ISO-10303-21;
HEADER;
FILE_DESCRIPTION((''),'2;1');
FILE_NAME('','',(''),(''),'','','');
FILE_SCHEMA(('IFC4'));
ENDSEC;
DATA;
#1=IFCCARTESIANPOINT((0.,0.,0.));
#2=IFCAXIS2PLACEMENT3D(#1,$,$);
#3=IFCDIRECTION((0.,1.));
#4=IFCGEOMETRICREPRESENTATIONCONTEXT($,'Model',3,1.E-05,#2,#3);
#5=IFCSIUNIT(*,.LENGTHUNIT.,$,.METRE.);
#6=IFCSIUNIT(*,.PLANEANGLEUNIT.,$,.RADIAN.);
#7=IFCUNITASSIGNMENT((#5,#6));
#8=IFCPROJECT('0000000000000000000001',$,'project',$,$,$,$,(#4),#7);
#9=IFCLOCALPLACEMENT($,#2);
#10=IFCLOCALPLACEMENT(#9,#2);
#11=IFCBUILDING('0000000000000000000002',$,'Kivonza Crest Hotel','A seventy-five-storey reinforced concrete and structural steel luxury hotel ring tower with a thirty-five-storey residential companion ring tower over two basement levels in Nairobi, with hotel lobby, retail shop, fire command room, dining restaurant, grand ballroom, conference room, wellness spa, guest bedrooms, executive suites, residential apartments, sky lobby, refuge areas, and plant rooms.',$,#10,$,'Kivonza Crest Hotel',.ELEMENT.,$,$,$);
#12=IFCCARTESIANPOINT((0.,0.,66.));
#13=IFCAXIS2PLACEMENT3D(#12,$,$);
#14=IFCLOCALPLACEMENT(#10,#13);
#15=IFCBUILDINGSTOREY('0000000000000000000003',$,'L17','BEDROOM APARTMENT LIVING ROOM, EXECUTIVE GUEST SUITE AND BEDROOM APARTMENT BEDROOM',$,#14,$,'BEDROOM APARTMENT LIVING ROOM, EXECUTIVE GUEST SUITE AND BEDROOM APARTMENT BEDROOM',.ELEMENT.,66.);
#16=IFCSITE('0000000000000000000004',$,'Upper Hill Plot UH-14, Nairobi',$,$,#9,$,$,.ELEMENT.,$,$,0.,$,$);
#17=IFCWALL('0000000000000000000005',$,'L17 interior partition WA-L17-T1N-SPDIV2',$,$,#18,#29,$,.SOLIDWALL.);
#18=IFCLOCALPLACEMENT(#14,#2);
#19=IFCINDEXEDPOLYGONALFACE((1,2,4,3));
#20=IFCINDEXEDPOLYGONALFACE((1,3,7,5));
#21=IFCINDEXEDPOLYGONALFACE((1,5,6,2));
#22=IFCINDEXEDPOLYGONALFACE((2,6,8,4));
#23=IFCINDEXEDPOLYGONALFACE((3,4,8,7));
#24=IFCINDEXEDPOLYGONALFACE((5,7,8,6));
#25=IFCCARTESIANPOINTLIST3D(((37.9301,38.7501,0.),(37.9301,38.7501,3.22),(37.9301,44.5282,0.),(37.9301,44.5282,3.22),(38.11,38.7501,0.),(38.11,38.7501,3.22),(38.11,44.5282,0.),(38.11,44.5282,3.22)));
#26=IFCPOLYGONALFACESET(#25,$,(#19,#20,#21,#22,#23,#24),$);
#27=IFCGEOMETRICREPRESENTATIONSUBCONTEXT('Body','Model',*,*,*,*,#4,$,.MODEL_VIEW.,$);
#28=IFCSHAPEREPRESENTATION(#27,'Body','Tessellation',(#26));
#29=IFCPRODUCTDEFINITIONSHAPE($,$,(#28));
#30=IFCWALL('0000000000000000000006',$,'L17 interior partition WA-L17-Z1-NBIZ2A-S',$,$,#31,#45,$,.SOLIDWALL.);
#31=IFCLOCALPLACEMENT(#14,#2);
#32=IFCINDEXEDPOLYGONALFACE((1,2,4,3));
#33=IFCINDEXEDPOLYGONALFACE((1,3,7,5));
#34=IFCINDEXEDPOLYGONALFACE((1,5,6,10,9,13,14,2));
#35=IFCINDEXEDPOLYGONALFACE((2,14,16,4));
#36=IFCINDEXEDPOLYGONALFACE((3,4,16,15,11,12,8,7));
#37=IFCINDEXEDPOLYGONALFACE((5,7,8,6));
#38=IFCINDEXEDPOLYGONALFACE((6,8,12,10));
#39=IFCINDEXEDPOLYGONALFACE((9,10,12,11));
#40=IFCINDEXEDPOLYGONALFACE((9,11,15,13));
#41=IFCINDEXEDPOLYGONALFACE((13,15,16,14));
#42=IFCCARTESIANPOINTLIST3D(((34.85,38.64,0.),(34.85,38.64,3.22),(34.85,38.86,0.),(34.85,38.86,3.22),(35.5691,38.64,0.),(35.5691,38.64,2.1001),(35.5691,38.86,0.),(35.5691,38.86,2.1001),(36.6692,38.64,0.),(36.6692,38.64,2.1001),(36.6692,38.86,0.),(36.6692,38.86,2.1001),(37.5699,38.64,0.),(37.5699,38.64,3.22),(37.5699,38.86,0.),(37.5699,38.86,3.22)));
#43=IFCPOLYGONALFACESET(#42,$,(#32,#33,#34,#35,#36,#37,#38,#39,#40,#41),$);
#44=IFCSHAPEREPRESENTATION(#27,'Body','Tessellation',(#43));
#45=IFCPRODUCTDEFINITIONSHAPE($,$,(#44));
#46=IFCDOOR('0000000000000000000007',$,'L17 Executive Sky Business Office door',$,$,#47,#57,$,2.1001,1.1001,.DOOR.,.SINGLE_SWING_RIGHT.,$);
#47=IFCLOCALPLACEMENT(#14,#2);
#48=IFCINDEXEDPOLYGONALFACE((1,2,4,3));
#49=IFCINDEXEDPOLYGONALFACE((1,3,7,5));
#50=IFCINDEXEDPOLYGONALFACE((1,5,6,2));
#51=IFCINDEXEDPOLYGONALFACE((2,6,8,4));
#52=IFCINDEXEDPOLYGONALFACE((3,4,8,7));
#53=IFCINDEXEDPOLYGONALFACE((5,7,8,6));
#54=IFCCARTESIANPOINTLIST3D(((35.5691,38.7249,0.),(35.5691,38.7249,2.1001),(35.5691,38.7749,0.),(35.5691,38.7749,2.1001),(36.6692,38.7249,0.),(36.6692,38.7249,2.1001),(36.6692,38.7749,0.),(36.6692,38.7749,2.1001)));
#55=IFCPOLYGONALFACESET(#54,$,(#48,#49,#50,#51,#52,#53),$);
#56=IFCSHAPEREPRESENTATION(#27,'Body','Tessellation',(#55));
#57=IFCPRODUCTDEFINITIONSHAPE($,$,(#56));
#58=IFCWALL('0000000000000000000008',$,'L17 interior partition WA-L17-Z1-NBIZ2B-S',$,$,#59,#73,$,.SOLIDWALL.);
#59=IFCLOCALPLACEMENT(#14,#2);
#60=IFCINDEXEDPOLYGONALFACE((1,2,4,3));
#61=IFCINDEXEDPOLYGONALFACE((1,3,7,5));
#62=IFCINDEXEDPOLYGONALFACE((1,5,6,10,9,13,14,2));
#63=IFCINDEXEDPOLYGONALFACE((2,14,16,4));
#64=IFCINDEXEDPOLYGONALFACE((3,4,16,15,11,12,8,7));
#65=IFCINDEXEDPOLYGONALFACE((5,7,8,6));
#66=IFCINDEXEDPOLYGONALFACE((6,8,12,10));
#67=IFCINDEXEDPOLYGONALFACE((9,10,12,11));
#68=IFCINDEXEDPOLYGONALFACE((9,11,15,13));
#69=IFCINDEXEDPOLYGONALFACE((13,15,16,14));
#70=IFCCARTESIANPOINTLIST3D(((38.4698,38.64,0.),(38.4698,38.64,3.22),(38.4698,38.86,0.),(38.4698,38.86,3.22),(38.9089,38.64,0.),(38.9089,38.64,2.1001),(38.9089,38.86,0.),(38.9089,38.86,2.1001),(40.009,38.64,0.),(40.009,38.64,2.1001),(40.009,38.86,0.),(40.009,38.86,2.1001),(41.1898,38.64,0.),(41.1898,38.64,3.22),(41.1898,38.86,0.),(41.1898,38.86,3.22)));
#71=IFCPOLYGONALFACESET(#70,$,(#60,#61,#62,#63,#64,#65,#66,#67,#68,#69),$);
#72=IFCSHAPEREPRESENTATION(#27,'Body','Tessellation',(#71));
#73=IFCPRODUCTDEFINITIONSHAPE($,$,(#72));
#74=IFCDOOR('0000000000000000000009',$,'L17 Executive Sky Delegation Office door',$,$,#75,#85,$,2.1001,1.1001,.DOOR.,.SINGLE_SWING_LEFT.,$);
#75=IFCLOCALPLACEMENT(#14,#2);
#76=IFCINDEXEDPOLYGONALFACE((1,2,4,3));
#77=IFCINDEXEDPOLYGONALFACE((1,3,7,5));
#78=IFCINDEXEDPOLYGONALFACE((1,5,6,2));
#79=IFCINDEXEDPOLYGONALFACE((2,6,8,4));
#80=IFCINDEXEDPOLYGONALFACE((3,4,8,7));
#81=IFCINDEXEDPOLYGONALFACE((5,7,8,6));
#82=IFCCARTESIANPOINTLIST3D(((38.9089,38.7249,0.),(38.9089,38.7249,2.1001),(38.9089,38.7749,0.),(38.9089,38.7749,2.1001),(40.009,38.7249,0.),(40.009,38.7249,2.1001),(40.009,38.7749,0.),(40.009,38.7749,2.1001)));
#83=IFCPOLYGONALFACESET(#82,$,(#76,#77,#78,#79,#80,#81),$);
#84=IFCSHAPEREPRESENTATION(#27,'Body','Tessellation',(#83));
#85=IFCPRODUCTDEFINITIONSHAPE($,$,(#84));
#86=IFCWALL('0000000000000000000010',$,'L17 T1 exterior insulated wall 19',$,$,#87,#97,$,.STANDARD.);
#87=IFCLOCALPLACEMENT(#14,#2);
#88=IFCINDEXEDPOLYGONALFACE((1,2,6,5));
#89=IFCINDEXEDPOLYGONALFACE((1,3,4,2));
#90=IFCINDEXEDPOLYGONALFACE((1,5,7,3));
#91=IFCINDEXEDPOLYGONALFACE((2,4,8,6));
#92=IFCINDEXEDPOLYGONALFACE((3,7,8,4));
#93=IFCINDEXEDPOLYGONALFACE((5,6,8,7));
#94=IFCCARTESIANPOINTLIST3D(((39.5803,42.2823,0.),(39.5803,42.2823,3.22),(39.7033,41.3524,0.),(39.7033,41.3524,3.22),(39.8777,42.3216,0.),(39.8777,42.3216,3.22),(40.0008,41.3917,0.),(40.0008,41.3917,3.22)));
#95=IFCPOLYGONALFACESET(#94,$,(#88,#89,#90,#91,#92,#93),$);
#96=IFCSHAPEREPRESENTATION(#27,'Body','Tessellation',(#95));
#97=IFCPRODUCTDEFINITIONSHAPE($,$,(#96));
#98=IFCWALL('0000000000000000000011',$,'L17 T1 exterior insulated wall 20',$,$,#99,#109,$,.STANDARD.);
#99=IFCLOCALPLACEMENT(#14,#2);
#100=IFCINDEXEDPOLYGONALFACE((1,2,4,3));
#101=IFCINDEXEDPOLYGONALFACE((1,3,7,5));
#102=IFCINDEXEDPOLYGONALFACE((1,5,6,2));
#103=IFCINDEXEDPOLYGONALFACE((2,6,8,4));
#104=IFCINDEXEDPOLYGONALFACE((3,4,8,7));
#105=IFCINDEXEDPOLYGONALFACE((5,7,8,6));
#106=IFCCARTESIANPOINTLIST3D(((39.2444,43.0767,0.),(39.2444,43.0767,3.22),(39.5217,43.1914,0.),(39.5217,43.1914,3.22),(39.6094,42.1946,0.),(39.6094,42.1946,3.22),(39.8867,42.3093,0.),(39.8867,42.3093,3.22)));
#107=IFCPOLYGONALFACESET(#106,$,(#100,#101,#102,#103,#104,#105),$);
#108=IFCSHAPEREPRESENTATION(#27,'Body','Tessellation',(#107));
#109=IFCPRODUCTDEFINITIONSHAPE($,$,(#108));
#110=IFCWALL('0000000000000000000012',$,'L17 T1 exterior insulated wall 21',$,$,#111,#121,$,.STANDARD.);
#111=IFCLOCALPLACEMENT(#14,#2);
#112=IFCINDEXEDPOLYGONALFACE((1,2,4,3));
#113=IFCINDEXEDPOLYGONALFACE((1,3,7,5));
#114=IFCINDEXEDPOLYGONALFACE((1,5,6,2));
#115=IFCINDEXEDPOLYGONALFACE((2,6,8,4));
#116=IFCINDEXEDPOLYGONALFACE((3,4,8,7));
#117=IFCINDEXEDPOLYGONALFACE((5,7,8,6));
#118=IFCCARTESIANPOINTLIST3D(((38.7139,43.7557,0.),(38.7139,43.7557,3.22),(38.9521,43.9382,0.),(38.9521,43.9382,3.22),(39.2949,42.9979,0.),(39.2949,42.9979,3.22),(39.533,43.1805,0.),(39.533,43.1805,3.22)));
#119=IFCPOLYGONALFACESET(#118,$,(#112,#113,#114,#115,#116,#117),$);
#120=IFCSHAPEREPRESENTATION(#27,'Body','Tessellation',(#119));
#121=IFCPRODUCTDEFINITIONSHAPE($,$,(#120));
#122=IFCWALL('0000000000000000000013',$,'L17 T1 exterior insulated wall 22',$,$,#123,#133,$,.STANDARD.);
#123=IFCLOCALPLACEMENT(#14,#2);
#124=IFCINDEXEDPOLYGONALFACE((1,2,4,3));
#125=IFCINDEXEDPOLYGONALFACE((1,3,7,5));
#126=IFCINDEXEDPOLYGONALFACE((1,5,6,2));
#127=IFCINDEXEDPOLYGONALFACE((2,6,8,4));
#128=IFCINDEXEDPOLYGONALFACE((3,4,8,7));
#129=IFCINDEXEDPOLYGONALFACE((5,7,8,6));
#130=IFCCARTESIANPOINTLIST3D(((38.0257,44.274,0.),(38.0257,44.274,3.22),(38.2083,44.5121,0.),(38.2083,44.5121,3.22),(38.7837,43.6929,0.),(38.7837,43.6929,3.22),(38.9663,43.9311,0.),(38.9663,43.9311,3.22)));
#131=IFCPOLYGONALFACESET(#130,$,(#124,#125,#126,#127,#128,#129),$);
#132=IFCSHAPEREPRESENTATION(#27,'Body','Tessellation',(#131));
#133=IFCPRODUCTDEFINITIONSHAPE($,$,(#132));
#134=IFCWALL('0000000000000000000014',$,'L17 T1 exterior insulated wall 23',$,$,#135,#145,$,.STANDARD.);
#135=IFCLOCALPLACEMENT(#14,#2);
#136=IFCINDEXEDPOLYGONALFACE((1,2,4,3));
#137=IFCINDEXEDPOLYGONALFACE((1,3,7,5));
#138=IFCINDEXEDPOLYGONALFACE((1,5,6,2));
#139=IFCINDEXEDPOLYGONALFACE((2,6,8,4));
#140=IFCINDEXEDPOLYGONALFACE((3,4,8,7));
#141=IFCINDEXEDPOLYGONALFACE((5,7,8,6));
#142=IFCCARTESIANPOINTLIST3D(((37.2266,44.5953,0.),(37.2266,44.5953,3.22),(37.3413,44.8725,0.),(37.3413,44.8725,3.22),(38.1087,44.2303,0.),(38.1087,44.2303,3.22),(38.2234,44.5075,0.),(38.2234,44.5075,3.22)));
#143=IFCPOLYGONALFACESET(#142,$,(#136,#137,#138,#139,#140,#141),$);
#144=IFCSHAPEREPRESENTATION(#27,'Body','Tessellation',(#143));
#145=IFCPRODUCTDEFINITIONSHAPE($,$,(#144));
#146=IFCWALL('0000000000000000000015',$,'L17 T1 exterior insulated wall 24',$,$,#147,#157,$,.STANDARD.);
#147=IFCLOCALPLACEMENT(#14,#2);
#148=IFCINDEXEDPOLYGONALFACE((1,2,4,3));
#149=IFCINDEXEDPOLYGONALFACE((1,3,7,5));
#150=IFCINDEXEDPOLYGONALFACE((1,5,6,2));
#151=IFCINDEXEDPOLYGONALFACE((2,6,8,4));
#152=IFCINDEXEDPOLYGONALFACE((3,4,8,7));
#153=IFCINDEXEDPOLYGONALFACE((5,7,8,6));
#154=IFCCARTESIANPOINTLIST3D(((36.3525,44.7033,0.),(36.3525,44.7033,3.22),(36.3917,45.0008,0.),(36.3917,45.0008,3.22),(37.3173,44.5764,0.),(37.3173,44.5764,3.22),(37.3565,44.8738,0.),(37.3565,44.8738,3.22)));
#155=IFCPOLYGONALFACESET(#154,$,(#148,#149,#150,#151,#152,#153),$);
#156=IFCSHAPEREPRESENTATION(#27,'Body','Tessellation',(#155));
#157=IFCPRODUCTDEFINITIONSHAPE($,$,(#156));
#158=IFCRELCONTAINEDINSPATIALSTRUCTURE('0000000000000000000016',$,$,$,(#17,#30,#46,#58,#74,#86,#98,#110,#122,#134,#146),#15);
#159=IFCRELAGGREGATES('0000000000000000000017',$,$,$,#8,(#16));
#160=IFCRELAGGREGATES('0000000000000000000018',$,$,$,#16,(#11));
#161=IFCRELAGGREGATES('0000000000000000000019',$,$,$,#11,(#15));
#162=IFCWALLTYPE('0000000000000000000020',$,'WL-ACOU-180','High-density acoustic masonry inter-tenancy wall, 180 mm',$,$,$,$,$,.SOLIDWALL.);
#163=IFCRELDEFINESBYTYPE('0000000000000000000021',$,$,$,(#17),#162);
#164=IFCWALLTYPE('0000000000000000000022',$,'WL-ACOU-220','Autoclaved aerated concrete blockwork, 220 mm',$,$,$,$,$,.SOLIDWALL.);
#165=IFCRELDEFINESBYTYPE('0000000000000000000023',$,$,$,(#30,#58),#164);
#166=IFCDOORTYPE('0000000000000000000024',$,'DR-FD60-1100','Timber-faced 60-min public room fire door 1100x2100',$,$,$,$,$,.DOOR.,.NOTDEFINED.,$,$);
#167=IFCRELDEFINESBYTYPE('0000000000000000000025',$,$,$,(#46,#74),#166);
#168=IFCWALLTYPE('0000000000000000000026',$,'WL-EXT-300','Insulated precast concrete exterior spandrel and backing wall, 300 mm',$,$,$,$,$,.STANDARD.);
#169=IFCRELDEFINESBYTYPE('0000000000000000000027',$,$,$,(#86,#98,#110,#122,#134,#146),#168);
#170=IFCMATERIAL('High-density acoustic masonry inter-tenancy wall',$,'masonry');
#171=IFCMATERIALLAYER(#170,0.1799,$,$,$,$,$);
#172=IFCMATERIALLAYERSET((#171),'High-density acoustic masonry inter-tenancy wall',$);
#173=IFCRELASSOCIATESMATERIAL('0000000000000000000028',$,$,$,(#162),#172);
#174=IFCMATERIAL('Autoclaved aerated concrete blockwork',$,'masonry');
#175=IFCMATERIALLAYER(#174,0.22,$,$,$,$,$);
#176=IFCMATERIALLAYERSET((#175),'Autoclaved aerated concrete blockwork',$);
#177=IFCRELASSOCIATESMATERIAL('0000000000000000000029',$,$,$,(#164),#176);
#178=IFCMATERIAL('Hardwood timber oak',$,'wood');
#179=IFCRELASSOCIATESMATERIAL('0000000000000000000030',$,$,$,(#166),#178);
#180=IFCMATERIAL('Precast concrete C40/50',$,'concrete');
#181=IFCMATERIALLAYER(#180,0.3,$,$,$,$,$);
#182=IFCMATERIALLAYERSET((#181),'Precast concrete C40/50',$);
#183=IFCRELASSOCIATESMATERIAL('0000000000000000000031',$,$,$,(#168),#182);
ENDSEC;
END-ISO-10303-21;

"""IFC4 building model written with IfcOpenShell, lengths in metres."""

from ifc_helpers import new_model, si_unit, direction, frame, frame_2d, origin, place, context, subcontext, project, spatial, rectangle, extrude, material, layer, layer_set, type_object, element, fill, save


model = new_model("IFC4")

# Units and contexts
model_context = context("Model", 3, precision=1e-05, world=origin(), true_north=direction((0.0, 1.0)))
body_context = subcontext(model_context, "Body", "Model", "MODEL_VIEW")
ifc_project = project(units=[si_unit("LENGTHUNIT", "METRE"), si_unit("PLANEANGLEUNIT", "RADIAN")], contexts=[model_context])

# Site, building, storey
site_placement = place(None, origin())
site = spatial("IfcSite", under=ifc_project, at=site_placement, Name="Upper Hill Plot UH-14, Nairobi", CompositionType="ELEMENT", RefElevation=0.0)
building_placement = place(site_placement, origin())
building = spatial("IfcBuilding", under=site, at=building_placement, Name="Kivonza Crest Hotel", Description="A seventy-five-storey reinforced concrete and structural steel luxury hotel ring tower with a thirty-five-storey residential companion ring tower over two basement levels in Nairobi, with hotel lobby, retail shop, fire command room, dining restaurant, grand ballroom, conference room, wellness spa, guest bedrooms, executive suites, residential apartments, sky lobby, refuge areas, and plant rooms.", LongName="Kivonza Crest Hotel", CompositionType="ELEMENT")
storey_placement = place(building_placement, frame((0.0, 0.0, 66.0)))
storey = spatial("IfcBuildingStorey", under=building, at=storey_placement, Name="L17", Description="BEDROOM APARTMENT LIVING ROOM, EXECUTIVE GUEST SUITE AND BEDROOM APARTMENT BEDROOM", LongName="BEDROOM APARTMENT LIVING ROOM, EXECUTIVE GUEST SUITE AND BEDROOM APARTMENT BEDROOM", CompositionType="ELEMENT", Elevation=66.0)

# Wall
ifc_material_1 = material(Name="High-density acoustic masonry inter-tenancy wall", Category="masonry")
ifc_layer_1 = layer(ifc_material_1, 0.1799)
ifc_layer_set_1 = layer_set([ifc_layer_1], Name="High-density acoustic masonry inter-tenancy wall")
wall_type_1 = type_object("IfcWallType", Name="WL-ACOU-180", Description="High-density acoustic masonry inter-tenancy wall, 180 mm", PredefinedType="SOLIDWALL", material=ifc_layer_set_1)
wall_1_placement = place(storey_placement, frame((38.02, 38.75, 0.0), z_axis=(0.0, 0.0, 1.0), x_axis=(0.0, 1.0, 0.0)))
element("IfcWall", 1, at=wall_1_placement, inside=storey, type_object=wall_type_1, Name="L17 interior partition WA-L17-T1N-SPDIV2", PredefinedType="SOLIDWALL", context=body_context, shape_type="SweptSolid", body=[
    extrude(rectangle(XDim=5.7781, YDim=0.1799, at=frame_2d((2.8892, 0.0))), origin(), (0.0, 0.0, 1.0), 3.22),
])

# Walls, openings, doors
ifc_material_2 = material(Name="Autoclaved aerated concrete blockwork", Category="masonry")
ifc_layer_2 = layer(ifc_material_2, 0.22)
ifc_layer_set_2 = layer_set([ifc_layer_2], Name="Autoclaved aerated concrete blockwork")
wall_type_2 = type_object("IfcWallType", Name="WL-ACOU-220", Description="Autoclaved aerated concrete blockwork, 220 mm", PredefinedType="SOLIDWALL", material=ifc_layer_set_2)
wall_2_placement = place(storey_placement, frame((34.8501, 38.75, 0.0), z_axis=(0.0, 0.0, 1.0), x_axis=(1.0, 0.0, 0.0)))
wall_2 = element("IfcWall", 2, at=wall_2_placement, inside=storey, type_object=wall_type_2, Name="L17 interior partition WA-L17-Z1-NBIZ2A-S", PredefinedType="SOLIDWALL", context=body_context, shape_type="SweptSolid", body=[
    extrude(rectangle(XDim=2.72, YDim=0.22, at=frame_2d((1.3599, 0.0))), origin(), (0.0, 0.0, 1.0), 3.22),
])
opening_1_placement = place(wall_2_placement, frame((0.719, 0.0, 0.0)))
opening_1 = element("IfcOpeningElement", 3, at=opening_1_placement, cuts=wall_2, PredefinedType="OPENING", context=body_context, shape_type="SweptSolid", body=[
    extrude(rectangle(XDim=1.1001, YDim=2.1001, at=frame_2d((0.55, 1.05))), frame((0.0, 0.1201, 0.0), z_axis=(0.0, -1.0, 0.0), x_axis=(1.0, 0.0, 0.0)), (0.0, 0.0, 1.0), 0.24),
])
ifc_material_3 = material(Name="Hardwood timber oak", Category="wood")
door_type = type_object("IfcDoorType", Name="DR-FD60-1100", Description="Timber-faced 60-min public room fire door 1100x2100", OperationType="NOTDEFINED", PredefinedType="DOOR", material=ifc_material_3)
door_1_placement = place(opening_1_placement, origin())
door_1 = element("IfcDoor", 4, at=door_1_placement, inside=storey, type_object=door_type, Name="L17 Executive Sky Business Office door", OperationType="SINGLE_SWING_RIGHT", OverallHeight=2.1001, OverallWidth=1.1001, PredefinedType="DOOR", context=body_context, shape_type="SweptSolid", body=[
    extrude(rectangle(XDim=1.1001, YDim=2.1001, at=frame_2d((0.55, 1.05))), frame((0.0, 0.0249, 0.0), z_axis=(0.0, -1.0, 0.0), x_axis=(1.0, 0.0, 0.0)), (0.0, 0.0, 1.0), 0.05),
])
fill(opening_1, door_1)
wall_3_placement = place(storey_placement, frame((38.47, 38.75, 0.0), z_axis=(0.0, 0.0, 1.0), x_axis=(1.0, 0.0, 0.0)))
wall_3 = element("IfcWall", 5, at=wall_3_placement, inside=storey, type_object=wall_type_2, Name="L17 interior partition WA-L17-Z1-NBIZ2B-S", PredefinedType="SOLIDWALL", context=body_context, shape_type="SweptSolid", body=[
    extrude(rectangle(XDim=2.72, YDim=0.22, at=frame_2d((1.3599, 0.0))), origin(), (0.0, 0.0, 1.0), 3.22),
])
opening_2_placement = place(wall_3_placement, frame((0.439, 0.0, 0.0)))
opening_2 = element("IfcOpeningElement", 6, at=opening_2_placement, cuts=wall_3, PredefinedType="OPENING", context=body_context, shape_type="SweptSolid", body=[
    extrude(rectangle(XDim=1.1001, YDim=2.1001, at=frame_2d((0.55, 1.05))), frame((0.0, 0.1201, 0.0), z_axis=(0.0, -1.0, 0.0), x_axis=(1.0, 0.0, 0.0)), (0.0, 0.0, 1.0), 0.24),
])
door_2_placement = place(opening_2_placement, origin())
door_2 = element("IfcDoor", 7, at=door_2_placement, inside=storey, type_object=door_type, Name="L17 Executive Sky Delegation Office door", OperationType="SINGLE_SWING_LEFT", OverallHeight=2.1001, OverallWidth=1.1001, PredefinedType="DOOR", context=body_context, shape_type="SweptSolid", body=[
    extrude(rectangle(XDim=1.1001, YDim=2.1001, at=frame_2d((0.55, 1.05))), frame((0.0, 0.0249, 0.0), z_axis=(0.0, -1.0, 0.0), x_axis=(1.0, 0.0, 0.0)), (0.0, 0.0, 1.0), 0.05),
])
fill(opening_2, door_2)

# Walls
ifc_material_4 = material(Name="Precast concrete C40/50", Category="concrete")
ifc_layer_3 = layer(ifc_material_4, 0.3)
ifc_layer_set_3 = layer_set([ifc_layer_3], Name="Precast concrete C40/50")
wall_type_3 = type_object("IfcWallType", Name="WL-EXT-300", Description="Insulated precast concrete exterior spandrel and backing wall, 300 mm", PredefinedType="STANDARD", material=ifc_layer_set_3)
wall_4_placement = place(storey_placement, frame((39.8521, 41.3721, 0.0), z_axis=(0.0, 0.0, 1.0), x_axis=(-0.131175, 0.991359, 0.0)))
element("IfcWall", 8, at=wall_4_placement, inside=storey, type_object=wall_type_3, Name="L17 T1 exterior insulated wall 19", PredefinedType="STANDARD", context=body_context, shape_type="SweptSolid", body=[
    extrude(rectangle(XDim=0.938, YDim=0.3, at=frame_2d((0.469, 0.0))), origin(), (0.0, 0.0, 1.0), 3.22),
])
wall_5_placement = place(storey_placement, frame((39.748, 42.252, 0.0), z_axis=(0.0, 0.0, 1.0), x_axis=(-0.382344, 0.92402, 0.0)))
element("IfcWall", 9, at=wall_5_placement, inside=storey, type_object=wall_type_3, Name="L17 T1 exterior insulated wall 20", PredefinedType="STANDARD", context=body_context, shape_type="SweptSolid", body=[
    extrude(rectangle(XDim=0.9546, YDim=0.3, at=frame_2d((0.4773, 0.0))), origin(), (0.0, 0.0, 1.0), 3.22),
])
wall_6_placement = place(storey_placement, frame((39.4141, 43.0891, 0.0), z_axis=(0.0, 0.0, 1.0), x_axis=(-0.608474, 0.793573, 0.0)))
element("IfcWall", 10, at=wall_6_placement, inside=storey, type_object=wall_type_3, Name="L17 T1 exterior insulated wall 21", PredefinedType="STANDARD", context=body_context, shape_type="SweptSolid", body=[
    extrude(rectangle(XDim=0.9548, YDim=0.3, at=frame_2d((0.4775, 0.0))), origin(), (0.0, 0.0, 1.0), 3.22),
])
wall_7_placement = place(storey_placement, frame((38.875, 43.812, 0.0), z_axis=(0.0, 0.0, 1.0), x_axis=(-0.793668, 0.608351, 0.0)))
element("IfcWall", 11, at=wall_7_placement, inside=storey, type_object=wall_type_3, Name="L17 T1 exterior insulated wall 22", PredefinedType="STANDARD", context=body_context, shape_type="SweptSolid", body=[
    extrude(rectangle(XDim=0.9551, YDim=0.3, at=frame_2d((0.4775, 0.0))), origin(), (0.0, 0.0, 1.0), 3.22),
])
wall_8_placement = place(storey_placement, frame((38.166, 44.3689, 0.0), z_axis=(0.0, 0.0, 1.0), x_axis=(-0.92402, 0.382344, 0.0)))
element("IfcWall", 12, at=wall_8_placement, inside=storey, type_object=wall_type_3, Name="L17 T1 exterior insulated wall 23", PredefinedType="STANDARD", context=body_context, shape_type="SweptSolid", body=[
    extrude(rectangle(XDim=0.9546, YDim=0.3, at=frame_2d((0.4773, 0.0))), origin(), (0.0, 0.0, 1.0), 3.22),
])
wall_9_placement = place(storey_placement, frame((37.3369, 44.7251, 0.0), z_axis=(0.0, 0.0, 1.0), x_axis=(-0.991454, 0.130455, 0.0)))
element("IfcWall", 13, at=wall_9_placement, inside=storey, type_object=wall_type_3, Name="L17 T1 exterior insulated wall 24", PredefinedType="STANDARD", context=body_context, shape_type="SweptSolid", body=[
    extrude(rectangle(XDim=0.9731, YDim=0.3, at=frame_2d((0.4866, 0.0))), origin(), (0.0, 0.0, 1.0), 3.22),
])

save(model, "model.ifc")
